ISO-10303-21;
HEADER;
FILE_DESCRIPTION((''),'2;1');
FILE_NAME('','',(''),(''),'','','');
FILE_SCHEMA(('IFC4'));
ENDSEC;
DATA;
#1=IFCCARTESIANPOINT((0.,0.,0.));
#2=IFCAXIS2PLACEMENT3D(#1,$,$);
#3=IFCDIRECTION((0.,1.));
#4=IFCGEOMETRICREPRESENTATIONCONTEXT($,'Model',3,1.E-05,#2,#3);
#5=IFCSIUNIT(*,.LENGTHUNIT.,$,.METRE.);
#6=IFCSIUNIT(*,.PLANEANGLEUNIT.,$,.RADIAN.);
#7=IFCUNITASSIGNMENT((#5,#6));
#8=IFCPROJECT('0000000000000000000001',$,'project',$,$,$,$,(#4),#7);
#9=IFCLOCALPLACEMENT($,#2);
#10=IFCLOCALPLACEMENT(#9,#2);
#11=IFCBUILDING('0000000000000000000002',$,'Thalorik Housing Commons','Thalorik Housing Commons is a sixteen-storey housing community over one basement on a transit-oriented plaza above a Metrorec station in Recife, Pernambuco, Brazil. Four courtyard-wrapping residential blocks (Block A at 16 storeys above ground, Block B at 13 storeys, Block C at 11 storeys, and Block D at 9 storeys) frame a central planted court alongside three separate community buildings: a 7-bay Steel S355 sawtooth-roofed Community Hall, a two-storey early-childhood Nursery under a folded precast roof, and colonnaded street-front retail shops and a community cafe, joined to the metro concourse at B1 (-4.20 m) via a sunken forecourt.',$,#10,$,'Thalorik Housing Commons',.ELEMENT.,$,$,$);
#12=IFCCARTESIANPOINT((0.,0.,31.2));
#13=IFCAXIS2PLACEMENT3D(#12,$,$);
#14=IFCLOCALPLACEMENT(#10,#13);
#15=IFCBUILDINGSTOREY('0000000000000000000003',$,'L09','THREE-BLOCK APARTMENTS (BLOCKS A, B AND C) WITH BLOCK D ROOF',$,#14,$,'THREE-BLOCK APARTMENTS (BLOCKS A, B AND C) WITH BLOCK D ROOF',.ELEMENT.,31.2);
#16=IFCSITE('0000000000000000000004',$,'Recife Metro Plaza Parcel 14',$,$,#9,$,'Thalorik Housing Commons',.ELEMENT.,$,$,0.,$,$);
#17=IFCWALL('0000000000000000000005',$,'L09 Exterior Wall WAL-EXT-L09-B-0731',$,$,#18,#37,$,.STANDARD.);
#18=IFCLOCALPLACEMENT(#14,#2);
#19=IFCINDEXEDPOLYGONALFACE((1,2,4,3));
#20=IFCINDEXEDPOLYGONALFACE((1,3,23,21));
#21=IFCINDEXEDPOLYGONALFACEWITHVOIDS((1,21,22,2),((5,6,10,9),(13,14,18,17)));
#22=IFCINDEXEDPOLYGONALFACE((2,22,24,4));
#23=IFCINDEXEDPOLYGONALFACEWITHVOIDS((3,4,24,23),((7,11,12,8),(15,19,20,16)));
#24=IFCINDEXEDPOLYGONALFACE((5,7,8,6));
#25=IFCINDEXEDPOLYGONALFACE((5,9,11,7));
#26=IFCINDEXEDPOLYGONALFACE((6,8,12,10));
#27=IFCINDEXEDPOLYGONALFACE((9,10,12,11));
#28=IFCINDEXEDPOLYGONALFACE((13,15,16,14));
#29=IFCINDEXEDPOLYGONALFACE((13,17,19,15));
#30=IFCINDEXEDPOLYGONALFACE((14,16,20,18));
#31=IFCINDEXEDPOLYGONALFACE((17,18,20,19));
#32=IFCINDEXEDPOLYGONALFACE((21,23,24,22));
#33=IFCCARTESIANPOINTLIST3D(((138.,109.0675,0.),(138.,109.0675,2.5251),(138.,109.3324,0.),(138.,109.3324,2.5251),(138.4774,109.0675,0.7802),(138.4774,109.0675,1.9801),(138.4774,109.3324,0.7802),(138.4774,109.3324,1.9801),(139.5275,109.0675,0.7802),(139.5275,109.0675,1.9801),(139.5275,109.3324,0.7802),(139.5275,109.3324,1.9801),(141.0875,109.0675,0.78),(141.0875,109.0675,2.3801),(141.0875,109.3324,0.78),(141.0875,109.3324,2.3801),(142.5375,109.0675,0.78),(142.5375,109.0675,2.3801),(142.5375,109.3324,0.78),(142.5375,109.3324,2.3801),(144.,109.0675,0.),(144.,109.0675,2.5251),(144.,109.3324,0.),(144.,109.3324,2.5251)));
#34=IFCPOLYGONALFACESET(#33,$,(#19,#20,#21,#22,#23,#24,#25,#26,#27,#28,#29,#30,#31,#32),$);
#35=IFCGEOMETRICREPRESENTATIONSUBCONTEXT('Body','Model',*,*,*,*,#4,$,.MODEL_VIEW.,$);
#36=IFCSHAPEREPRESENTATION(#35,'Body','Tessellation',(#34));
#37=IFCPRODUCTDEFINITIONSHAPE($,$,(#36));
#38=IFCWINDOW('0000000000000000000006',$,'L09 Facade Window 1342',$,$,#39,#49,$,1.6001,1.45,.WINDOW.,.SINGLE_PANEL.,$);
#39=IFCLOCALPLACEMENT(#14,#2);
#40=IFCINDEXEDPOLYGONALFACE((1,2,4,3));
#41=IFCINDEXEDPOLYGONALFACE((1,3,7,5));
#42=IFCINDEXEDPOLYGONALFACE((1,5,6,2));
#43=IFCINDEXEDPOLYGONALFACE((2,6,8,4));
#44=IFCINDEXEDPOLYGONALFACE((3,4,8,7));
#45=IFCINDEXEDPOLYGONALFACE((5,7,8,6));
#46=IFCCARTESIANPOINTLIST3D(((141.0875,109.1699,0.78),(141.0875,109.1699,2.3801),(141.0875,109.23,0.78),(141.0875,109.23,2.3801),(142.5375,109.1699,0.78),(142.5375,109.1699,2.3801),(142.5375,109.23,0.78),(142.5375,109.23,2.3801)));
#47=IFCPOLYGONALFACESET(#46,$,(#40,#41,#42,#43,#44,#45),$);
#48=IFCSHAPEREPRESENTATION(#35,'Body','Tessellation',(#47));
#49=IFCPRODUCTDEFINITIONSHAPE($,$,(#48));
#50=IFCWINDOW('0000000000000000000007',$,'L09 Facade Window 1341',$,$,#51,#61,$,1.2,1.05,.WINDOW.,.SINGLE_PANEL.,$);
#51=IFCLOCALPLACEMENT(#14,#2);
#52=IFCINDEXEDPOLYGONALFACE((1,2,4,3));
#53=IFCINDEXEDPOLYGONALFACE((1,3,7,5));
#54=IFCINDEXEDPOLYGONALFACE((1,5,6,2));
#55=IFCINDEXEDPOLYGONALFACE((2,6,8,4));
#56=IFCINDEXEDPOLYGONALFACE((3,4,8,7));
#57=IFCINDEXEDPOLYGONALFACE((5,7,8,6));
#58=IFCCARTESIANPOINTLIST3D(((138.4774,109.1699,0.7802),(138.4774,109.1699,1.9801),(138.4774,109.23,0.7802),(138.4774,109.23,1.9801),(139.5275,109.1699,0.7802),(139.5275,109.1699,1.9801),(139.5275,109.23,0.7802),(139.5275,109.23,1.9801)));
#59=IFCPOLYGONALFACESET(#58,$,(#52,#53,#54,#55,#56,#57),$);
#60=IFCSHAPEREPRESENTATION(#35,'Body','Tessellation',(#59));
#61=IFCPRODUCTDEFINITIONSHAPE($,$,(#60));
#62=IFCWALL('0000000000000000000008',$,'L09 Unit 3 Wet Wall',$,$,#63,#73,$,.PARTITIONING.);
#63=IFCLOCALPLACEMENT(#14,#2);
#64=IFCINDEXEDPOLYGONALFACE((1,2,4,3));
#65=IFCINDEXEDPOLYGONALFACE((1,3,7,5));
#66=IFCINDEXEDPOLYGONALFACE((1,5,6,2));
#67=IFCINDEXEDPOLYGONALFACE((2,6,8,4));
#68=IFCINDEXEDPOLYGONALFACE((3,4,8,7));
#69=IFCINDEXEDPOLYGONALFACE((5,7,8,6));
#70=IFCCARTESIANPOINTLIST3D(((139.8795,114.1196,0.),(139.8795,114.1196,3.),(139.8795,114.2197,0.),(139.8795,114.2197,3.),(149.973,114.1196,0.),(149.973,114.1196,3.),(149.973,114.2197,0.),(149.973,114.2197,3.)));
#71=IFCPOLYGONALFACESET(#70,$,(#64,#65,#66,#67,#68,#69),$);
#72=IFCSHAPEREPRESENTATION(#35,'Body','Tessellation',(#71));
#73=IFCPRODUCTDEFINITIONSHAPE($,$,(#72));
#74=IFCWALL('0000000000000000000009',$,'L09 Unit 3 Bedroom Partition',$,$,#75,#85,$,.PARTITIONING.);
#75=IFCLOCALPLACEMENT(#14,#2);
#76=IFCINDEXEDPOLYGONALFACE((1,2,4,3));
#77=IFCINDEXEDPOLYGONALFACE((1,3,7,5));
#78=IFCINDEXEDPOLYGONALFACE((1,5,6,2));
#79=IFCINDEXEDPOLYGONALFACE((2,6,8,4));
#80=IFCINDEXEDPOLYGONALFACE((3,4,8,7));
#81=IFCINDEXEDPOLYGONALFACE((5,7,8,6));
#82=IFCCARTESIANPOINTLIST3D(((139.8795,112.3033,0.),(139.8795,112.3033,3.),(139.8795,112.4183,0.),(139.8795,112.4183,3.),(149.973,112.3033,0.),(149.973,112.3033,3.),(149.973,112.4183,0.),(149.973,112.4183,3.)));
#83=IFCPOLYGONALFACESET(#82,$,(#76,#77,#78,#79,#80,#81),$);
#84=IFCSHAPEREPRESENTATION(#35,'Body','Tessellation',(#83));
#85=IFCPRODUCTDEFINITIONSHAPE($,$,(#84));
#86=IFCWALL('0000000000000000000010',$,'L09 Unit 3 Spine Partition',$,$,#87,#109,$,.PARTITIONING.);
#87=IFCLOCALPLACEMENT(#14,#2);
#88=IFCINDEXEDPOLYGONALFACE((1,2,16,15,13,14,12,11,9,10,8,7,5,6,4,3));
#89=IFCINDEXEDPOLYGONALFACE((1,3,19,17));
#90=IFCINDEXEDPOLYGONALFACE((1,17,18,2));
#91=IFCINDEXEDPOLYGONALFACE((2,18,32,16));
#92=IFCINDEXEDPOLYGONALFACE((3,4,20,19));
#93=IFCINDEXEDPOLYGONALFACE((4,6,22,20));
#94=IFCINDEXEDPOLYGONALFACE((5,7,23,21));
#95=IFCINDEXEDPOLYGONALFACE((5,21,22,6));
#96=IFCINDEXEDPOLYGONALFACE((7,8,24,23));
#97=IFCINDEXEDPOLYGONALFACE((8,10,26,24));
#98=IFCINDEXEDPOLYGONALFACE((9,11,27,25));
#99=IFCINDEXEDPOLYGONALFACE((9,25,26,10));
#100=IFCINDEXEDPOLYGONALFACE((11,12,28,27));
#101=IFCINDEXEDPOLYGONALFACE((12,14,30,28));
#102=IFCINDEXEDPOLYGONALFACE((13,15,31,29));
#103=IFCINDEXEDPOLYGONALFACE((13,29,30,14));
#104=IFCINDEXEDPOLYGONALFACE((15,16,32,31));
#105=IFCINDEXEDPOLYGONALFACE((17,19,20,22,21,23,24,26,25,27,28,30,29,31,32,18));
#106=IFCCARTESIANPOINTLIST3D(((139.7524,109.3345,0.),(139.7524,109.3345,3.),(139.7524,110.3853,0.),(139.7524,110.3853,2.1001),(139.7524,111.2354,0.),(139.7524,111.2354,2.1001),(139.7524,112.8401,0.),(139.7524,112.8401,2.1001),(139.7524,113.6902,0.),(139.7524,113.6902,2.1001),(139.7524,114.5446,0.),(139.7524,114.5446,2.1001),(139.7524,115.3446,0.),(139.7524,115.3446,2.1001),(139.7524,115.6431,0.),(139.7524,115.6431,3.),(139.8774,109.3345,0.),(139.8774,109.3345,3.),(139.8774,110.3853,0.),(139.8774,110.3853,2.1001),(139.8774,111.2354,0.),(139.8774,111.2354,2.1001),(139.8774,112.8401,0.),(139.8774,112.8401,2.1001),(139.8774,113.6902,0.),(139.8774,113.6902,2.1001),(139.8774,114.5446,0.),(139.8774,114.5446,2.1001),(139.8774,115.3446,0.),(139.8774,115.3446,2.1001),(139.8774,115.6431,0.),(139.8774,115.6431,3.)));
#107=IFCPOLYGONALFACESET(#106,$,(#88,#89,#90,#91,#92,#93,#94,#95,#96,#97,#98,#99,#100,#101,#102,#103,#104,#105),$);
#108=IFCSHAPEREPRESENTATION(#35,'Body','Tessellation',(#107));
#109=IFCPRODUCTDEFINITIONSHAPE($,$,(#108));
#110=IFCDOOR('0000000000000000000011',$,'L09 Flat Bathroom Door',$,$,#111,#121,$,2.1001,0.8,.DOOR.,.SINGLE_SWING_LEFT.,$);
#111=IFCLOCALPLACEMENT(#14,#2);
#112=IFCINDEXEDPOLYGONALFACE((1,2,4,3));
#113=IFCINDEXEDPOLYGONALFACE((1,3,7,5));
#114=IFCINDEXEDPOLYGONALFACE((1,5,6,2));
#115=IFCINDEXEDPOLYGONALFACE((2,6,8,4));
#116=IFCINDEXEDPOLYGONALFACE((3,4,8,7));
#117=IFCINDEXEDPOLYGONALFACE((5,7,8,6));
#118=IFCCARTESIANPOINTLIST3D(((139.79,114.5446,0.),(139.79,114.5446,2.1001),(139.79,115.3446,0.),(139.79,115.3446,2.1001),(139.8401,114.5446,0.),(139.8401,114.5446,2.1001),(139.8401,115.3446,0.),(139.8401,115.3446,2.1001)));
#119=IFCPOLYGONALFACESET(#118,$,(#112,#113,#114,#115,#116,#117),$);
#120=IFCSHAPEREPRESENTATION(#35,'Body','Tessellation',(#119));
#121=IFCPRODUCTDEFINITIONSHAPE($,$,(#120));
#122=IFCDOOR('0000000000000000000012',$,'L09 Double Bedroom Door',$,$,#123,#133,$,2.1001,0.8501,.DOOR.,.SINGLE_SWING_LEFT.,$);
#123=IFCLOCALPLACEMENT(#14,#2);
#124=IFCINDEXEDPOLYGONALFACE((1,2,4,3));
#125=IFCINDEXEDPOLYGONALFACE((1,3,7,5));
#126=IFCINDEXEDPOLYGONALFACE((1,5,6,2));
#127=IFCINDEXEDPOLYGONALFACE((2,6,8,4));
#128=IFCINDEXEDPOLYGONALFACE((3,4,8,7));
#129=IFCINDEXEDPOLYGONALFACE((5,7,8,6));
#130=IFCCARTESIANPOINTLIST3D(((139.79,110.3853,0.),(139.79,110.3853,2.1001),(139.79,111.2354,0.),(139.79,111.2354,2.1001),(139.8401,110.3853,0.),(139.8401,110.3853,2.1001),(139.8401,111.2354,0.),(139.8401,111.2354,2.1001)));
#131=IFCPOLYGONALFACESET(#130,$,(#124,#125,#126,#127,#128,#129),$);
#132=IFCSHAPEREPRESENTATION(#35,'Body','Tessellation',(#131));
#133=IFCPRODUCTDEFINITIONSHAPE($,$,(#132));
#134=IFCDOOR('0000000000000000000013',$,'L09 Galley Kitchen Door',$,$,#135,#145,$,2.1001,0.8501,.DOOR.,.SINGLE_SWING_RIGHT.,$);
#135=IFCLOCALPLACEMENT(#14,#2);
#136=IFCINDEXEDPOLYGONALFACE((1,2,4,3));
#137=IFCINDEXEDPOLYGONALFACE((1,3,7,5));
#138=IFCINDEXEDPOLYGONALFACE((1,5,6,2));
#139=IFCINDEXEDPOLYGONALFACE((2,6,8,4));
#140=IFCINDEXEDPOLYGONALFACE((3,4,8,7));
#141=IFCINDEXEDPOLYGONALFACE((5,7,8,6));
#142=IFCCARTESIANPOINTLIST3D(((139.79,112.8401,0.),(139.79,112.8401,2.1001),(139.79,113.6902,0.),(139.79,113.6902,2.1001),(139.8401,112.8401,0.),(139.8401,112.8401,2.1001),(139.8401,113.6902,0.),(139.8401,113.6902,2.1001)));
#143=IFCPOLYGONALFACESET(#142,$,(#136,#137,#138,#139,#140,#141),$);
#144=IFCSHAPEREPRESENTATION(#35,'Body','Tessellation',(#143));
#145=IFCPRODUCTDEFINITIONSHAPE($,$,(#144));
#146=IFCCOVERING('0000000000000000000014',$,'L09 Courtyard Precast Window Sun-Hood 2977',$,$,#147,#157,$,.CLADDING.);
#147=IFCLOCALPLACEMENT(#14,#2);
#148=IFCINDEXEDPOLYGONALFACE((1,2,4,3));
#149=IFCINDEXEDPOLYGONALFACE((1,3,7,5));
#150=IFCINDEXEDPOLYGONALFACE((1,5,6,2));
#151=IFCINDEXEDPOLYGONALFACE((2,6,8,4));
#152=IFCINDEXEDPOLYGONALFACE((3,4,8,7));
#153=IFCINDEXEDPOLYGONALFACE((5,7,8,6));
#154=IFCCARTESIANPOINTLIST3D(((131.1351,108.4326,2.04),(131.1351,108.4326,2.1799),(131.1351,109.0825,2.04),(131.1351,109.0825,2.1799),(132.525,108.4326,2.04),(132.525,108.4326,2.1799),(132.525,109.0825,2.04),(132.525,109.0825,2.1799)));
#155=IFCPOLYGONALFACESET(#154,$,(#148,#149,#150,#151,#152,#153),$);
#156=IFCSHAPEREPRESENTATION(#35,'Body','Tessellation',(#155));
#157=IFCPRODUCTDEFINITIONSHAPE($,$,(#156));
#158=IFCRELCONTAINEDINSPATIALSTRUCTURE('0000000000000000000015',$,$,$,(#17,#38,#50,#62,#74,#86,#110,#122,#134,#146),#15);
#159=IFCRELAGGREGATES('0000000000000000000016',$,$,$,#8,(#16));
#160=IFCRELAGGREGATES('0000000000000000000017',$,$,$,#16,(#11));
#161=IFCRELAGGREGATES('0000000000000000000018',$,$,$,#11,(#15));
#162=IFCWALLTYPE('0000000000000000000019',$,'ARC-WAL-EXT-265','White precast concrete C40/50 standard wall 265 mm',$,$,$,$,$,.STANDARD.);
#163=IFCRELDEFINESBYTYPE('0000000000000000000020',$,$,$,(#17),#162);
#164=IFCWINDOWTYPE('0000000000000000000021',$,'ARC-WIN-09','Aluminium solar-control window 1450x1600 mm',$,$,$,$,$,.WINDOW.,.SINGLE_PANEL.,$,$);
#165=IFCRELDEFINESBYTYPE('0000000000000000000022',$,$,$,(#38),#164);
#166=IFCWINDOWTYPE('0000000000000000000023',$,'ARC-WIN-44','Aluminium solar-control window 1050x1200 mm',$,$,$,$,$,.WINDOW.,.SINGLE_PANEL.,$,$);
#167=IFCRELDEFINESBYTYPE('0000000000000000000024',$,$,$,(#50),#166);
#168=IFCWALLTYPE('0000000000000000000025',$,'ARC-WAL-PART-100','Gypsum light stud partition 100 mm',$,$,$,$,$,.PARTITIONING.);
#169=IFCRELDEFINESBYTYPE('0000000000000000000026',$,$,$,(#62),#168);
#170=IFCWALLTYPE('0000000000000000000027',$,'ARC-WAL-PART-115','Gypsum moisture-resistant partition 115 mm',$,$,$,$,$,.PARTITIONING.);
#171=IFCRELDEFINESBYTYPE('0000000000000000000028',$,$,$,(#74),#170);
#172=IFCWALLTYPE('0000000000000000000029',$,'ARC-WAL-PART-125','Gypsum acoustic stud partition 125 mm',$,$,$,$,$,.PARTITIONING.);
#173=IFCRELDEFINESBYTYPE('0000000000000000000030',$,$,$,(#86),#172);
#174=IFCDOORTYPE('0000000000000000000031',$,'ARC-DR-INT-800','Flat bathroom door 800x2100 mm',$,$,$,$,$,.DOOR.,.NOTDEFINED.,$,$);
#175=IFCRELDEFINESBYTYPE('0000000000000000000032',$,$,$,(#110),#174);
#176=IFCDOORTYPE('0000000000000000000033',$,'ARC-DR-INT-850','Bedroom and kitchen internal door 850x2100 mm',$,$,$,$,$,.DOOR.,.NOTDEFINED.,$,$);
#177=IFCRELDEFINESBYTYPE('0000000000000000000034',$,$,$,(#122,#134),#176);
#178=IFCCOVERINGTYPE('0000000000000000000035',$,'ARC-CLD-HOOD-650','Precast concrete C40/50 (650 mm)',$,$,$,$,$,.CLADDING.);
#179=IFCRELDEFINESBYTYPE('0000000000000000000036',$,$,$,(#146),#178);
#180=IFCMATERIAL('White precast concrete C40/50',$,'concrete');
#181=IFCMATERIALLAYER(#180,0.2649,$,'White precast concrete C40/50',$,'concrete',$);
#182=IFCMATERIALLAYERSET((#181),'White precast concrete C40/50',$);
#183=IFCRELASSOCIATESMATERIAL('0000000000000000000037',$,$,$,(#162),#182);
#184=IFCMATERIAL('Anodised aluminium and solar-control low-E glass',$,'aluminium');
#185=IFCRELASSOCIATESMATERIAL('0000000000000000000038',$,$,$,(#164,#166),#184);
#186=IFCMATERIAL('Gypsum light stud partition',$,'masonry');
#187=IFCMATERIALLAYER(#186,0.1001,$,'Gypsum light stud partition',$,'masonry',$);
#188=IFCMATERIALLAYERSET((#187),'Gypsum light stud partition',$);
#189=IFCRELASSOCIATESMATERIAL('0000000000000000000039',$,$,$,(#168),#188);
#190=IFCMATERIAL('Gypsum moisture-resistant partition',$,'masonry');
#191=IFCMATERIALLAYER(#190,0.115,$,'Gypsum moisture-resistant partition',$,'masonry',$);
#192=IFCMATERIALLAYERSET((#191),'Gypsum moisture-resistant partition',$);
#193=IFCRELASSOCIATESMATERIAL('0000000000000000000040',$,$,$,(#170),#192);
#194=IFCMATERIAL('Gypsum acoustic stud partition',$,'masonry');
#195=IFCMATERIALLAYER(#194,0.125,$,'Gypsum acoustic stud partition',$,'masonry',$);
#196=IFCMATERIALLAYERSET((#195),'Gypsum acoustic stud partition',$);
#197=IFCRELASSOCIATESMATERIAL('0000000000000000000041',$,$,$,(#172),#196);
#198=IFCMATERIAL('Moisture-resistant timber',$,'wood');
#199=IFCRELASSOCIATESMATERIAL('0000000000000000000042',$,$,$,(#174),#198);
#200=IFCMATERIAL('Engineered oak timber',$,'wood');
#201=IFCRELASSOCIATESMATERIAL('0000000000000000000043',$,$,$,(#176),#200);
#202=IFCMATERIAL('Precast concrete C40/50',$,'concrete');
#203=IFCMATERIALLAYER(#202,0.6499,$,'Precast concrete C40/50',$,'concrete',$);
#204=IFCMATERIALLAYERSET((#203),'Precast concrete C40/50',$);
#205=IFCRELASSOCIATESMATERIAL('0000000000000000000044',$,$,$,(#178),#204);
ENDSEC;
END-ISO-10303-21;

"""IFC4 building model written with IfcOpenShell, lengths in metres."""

from ifc_helpers import new_model, si_unit, direction, frame, frame_2d, origin, origin_2d, place, context, subcontext, project, spatial, rectangle, extrude, material, layer, layer_set, type_object, element, fill, save


model = new_model("IFC4")

# Units and contexts
model_context = context("Model", 3, precision=1e-05, world=origin(), true_north=direction((0.0, 1.0)))
body_context = subcontext(model_context, "Body", "Model", "MODEL_VIEW")
ifc_project = project(units=[si_unit("LENGTHUNIT", "METRE"), si_unit("PLANEANGLEUNIT", "RADIAN")], contexts=[model_context])

# Site, building, storey
site_placement = place(None, origin())
site = spatial("IfcSite", under=ifc_project, at=site_placement, Name="Recife Metro Plaza Parcel 14", LongName="Thalorik Housing Commons", CompositionType="ELEMENT", RefElevation=0.0)
building_placement = place(site_placement, origin())
building = spatial("IfcBuilding", under=site, at=building_placement, Name="Thalorik Housing Commons", Description="Thalorik Housing Commons is a sixteen-storey housing community over one basement on a transit-oriented plaza above a Metrorec station in Recife, Pernambuco, Brazil. Four courtyard-wrapping residential blocks (Block A at 16 storeys above ground, Block B at 13 storeys, Block C at 11 storeys, and Block D at 9 storeys) frame a central planted court alongside three separate community buildings: a 7-bay Steel S355 sawtooth-roofed Community Hall, a two-storey early-childhood Nursery under a folded precast roof, and colonnaded street-front retail shops and a community cafe, joined to the metro concourse at B1 (-4.20 m) via a sunken forecourt.", LongName="Thalorik Housing Commons", CompositionType="ELEMENT")
storey_placement = place(building_placement, frame((0.0, 0.0, 31.2)))
storey = spatial("IfcBuildingStorey", under=building, at=storey_placement, Name="L09", Description="THREE-BLOCK APARTMENTS (BLOCKS A, B AND C) WITH BLOCK D ROOF", LongName="THREE-BLOCK APARTMENTS (BLOCKS A, B AND C) WITH BLOCK D ROOF", CompositionType="ELEMENT", Elevation=31.2)

# Shared definitions
ifc_material_1 = material(Name="Precast concrete C40/50", Category="concrete")

# Wall, openings, windows
ifc_material_2 = material(Name="White precast concrete C40/50", Category="concrete")
ifc_layer_1 = layer(ifc_material_2, 0.2649, Name="White precast concrete C40/50", Category="concrete")
ifc_layer_set_1 = layer_set([ifc_layer_1], Name="White precast concrete C40/50")
wall_type_1 = type_object("IfcWallType", Name="ARC-WAL-EXT-265", Description="White precast concrete C40/50 standard wall 265 mm", PredefinedType="STANDARD", material=ifc_layer_set_1)
ifc_material_3 = material(Name="Anodised aluminium and solar-control low-E glass", Category="aluminium")
wall_1_placement = place(storey_placement, frame((138.0, 109.2, 0.0), z_axis=(0.0, 0.0, 1.0), x_axis=(1.0, 0.0, 0.0)))
wall_1 = element("IfcWall", 1, at=wall_1_placement, inside=storey, type_object=wall_type_1, Name="L09 Exterior Wall WAL-EXT-L09-B-0731", PredefinedType="STANDARD", context=body_context, shape_type="SweptSolid", body=[
    extrude(rectangle(XDim=6.0, YDim=0.2649, at=frame_2d((3.0, 0.0))), origin(), (0.0, 0.0, 1.0), 2.5251),
])
opening_1_placement = place(wall_1_placement, frame((0.4775, 0.0, 0.78)))
opening_1 = element("IfcOpeningElement", 2, at=opening_1_placement, cuts=wall_1, PredefinedType="OPENING", context=body_context, shape_type="SweptSolid", body=[
    extrude(rectangle(XDim=1.05, YDim=1.2, at=frame_2d((0.5249, 0.6001))), frame((0.0, 0.1426, 0.0), z_axis=(0.0, -1.0, 0.0), x_axis=(1.0, 0.0, 0.0)), (0.0, 0.0, 1.0), 0.2849),
])
opening_2_placement = place(wall_1_placement, frame((3.0874, 0.0, 0.78)))
opening_2 = element("IfcOpeningElement", 3, at=opening_2_placement, cuts=wall_1, PredefinedType="OPENING", context=body_context, shape_type="SweptSolid", body=[
    extrude(rectangle(XDim=1.45, YDim=1.6001, at=frame_2d((0.7251, 0.8))), frame((0.0, 0.1426, 0.0), z_axis=(0.0, -1.0, 0.0), x_axis=(1.0, 0.0, 0.0)), (0.0, 0.0, 1.0), 0.2849),
])
window_type_1 = type_object("IfcWindowType", Name="ARC-WIN-09", Description="Aluminium solar-control window 1450x1600 mm", PartitioningType="SINGLE_PANEL", PredefinedType="WINDOW", material=ifc_material_3)
window_1_placement = place(opening_2_placement, origin())
window_1 = element("IfcWindow", 4, at=window_1_placement, inside=storey, type_object=window_type_1, Name="L09 Facade Window 1342", OverallHeight=1.6001, OverallWidth=1.45, PartitioningType="SINGLE_PANEL", PredefinedType="WINDOW", context=body_context, shape_type="SweptSolid", body=[
    extrude(rectangle(XDim=1.45, YDim=1.6001, at=frame_2d((0.7251, 0.8))), frame((0.0, 0.03, 0.0), z_axis=(0.0, -1.0, 0.0), x_axis=(1.0, 0.0, 0.0)), (0.0, 0.0, 1.0), 0.0601),
])
fill(opening_2, window_1)
window_type_2 = type_object("IfcWindowType", Name="ARC-WIN-44", Description="Aluminium solar-control window 1050x1200 mm", PartitioningType="SINGLE_PANEL", PredefinedType="WINDOW", material=ifc_material_3)
window_2_placement = place(opening_1_placement, origin())
window_2 = element("IfcWindow", 5, at=window_2_placement, inside=storey, type_object=window_type_2, Name="L09 Facade Window 1341", OverallHeight=1.2, OverallWidth=1.05, PartitioningType="SINGLE_PANEL", PredefinedType="WINDOW", context=body_context, shape_type="SweptSolid", body=[
    extrude(rectangle(XDim=1.05, YDim=1.2, at=frame_2d((0.5249, 0.6001))), frame((0.0, 0.03, 0.0), z_axis=(0.0, -1.0, 0.0), x_axis=(1.0, 0.0, 0.0)), (0.0, 0.0, 1.0), 0.0601),
])
fill(opening_1, window_2)

# Walls
ifc_material_4 = material(Name="Gypsum light stud partition", Category="masonry")
ifc_layer_2 = layer(ifc_material_4, 0.1001, Name="Gypsum light stud partition", Category="masonry")
ifc_layer_set_2 = layer_set([ifc_layer_2], Name="Gypsum light stud partition")
wall_type_2 = type_object("IfcWallType", Name="ARC-WAL-PART-100", Description="Gypsum light stud partition 100 mm", PredefinedType="PARTITIONING", material=ifc_layer_set_2)
wall_2_placement = place(storey_placement, frame((139.8794, 114.1697, 0.0), z_axis=(0.0, 0.0, 1.0), x_axis=(1.0, 0.0, 0.0)))
element("IfcWall", 6, at=wall_2_placement, inside=storey, type_object=wall_type_2, Name="L09 Unit 3 Wet Wall", PredefinedType="PARTITIONING", context=body_context, shape_type="SweptSolid", body=[
    extrude(rectangle(XDim=10.0935, YDim=0.1001, at=frame_2d((5.0469, 0.0))), origin(), (0.0, 0.0, 1.0), 3.0),
])
ifc_material_5 = material(Name="Gypsum moisture-resistant partition", Category="masonry")
ifc_layer_3 = layer(ifc_material_5, 0.115, Name="Gypsum moisture-resistant partition", Category="masonry")
ifc_layer_set_3 = layer_set([ifc_layer_3], Name="Gypsum moisture-resistant partition")
wall_type_3 = type_object("IfcWallType", Name="ARC-WAL-PART-115", Description="Gypsum moisture-resistant partition 115 mm", PredefinedType="PARTITIONING", material=ifc_layer_set_3)
wall_3_placement = place(storey_placement, frame((139.8794, 112.3608, 0.0), z_axis=(0.0, 0.0, 1.0), x_axis=(1.0, 0.0, 0.0)))
element("IfcWall", 7, at=wall_3_placement, inside=storey, type_object=wall_type_3, Name="L09 Unit 3 Bedroom Partition", PredefinedType="PARTITIONING", context=body_context, shape_type="SweptSolid", body=[
    extrude(rectangle(XDim=10.0935, YDim=0.115, at=frame_2d((5.0469, 0.0))), origin(), (0.0, 0.0, 1.0), 3.0),
])

# Wall, openings, doors
ifc_material_6 = material(Name="Gypsum acoustic stud partition", Category="masonry")
ifc_layer_4 = layer(ifc_material_6, 0.125, Name="Gypsum acoustic stud partition", Category="masonry")
ifc_layer_set_4 = layer_set([ifc_layer_4], Name="Gypsum acoustic stud partition")
wall_type_4 = type_object("IfcWallType", Name="ARC-WAL-PART-125", Description="Gypsum acoustic stud partition 125 mm", PredefinedType="PARTITIONING", material=ifc_layer_set_4)
wall_4_placement = place(storey_placement, frame((139.8149, 109.3345, 0.0), z_axis=(0.0, 0.0, 1.0), x_axis=(0.0, 1.0, 0.0)))
wall_4 = element("IfcWall", 8, at=wall_4_placement, inside=storey, type_object=wall_type_4, Name="L09 Unit 3 Spine Partition", PredefinedType="PARTITIONING", context=body_context, shape_type="SweptSolid", body=[
    extrude(rectangle(XDim=6.3086, YDim=0.125, at=frame_2d((3.1543, 0.0))), origin(), (0.0, 0.0, 1.0), 3.0),
])
opening_3_placement = place(wall_4_placement, frame((1.0508, 0.0, 0.0)))
opening_3 = element("IfcOpeningElement", 9, at=opening_3_placement, cuts=wall_4, PredefinedType="OPENING", context=body_context, shape_type="SweptSolid", body=[
    extrude(rectangle(XDim=0.8501, YDim=2.1001, at=frame_2d((0.425, 1.05))), frame((0.0, 0.0725, 0.0), z_axis=(0.0, -1.0, 0.0), x_axis=(1.0, 0.0, 0.0)), (0.0, 0.0, 1.0), 0.145),
])
opening_4_placement = place(wall_4_placement, frame((3.5056, 0.0, 0.0)))
opening_4 = element("IfcOpeningElement", 10, at=opening_4_placement, cuts=wall_4, PredefinedType="OPENING", context=body_context, shape_type="SweptSolid", body=[
    extrude(rectangle(XDim=0.8501, YDim=2.1001, at=frame_2d((0.425, 1.05))), frame((0.0, 0.0725, 0.0), z_axis=(0.0, -1.0, 0.0), x_axis=(1.0, 0.0, 0.0)), (0.0, 0.0, 1.0), 0.145),
])
opening_5_placement = place(wall_4_placement, frame((5.2102, 0.0, 0.0)))
opening_5 = element("IfcOpeningElement", 11, at=opening_5_placement, cuts=wall_4, PredefinedType="OPENING", context=body_context, shape_type="SweptSolid", body=[
    extrude(rectangle(XDim=0.8, YDim=2.1001, at=frame_2d((0.3999, 1.05))), frame((0.0, 0.0725, 0.0), z_axis=(0.0, -1.0, 0.0), x_axis=(1.0, 0.0, 0.0)), (0.0, 0.0, 1.0), 0.145),
])
ifc_material_7 = material(Name="Moisture-resistant timber", Category="wood")
door_type_1 = type_object("IfcDoorType", Name="ARC-DR-INT-800", Description="Flat bathroom door 800x2100 mm", OperationType="NOTDEFINED", PredefinedType="DOOR", material=ifc_material_7)
door_1_placement = place(opening_5_placement, origin())
door_1 = element("IfcDoor", 12, at=door_1_placement, inside=storey, type_object=door_type_1, Name="L09 Flat Bathroom Door", OperationType="SINGLE_SWING_LEFT", OverallHeight=2.1001, OverallWidth=0.8, PredefinedType="DOOR", context=body_context, shape_type="SweptSolid", body=[
    extrude(rectangle(XDim=0.8, YDim=2.1001, at=frame_2d((0.3999, 1.05))), frame((0.0, 0.0249, 0.0), z_axis=(0.0, -1.0, 0.0), x_axis=(1.0, 0.0, 0.0)), (0.0, 0.0, 1.0), 0.05),
])
fill(opening_5, door_1)
ifc_material_8 = material(Name="Engineered oak timber", Category="wood")
door_type_2 = type_object("IfcDoorType", Name="ARC-DR-INT-850", Description="Bedroom and kitchen internal door 850x2100 mm", OperationType="NOTDEFINED", PredefinedType="DOOR", material=ifc_material_8)
door_2_placement = place(opening_3_placement, origin())
door_2 = element("IfcDoor", 13, at=door_2_placement, inside=storey, type_object=door_type_2, Name="L09 Double Bedroom Door", OperationType="SINGLE_SWING_LEFT", OverallHeight=2.1001, OverallWidth=0.8501, PredefinedType="DOOR", context=body_context, shape_type="SweptSolid", body=[
    extrude(rectangle(XDim=0.8501, YDim=2.1001, at=frame_2d((0.425, 1.05))), frame((0.0, 0.0249, 0.0), z_axis=(0.0, -1.0, 0.0), x_axis=(1.0, 0.0, 0.0)), (0.0, 0.0, 1.0), 0.05),
])
fill(opening_3, door_2)
door_3_placement = place(opening_4_placement, origin())
door_3 = element("IfcDoor", 14, at=door_3_placement, inside=storey, type_object=door_type_2, Name="L09 Galley Kitchen Door", OperationType="SINGLE_SWING_RIGHT", OverallHeight=2.1001, OverallWidth=0.8501, PredefinedType="DOOR", context=body_context, shape_type="SweptSolid", body=[
    extrude(rectangle(XDim=0.8501, YDim=2.1001, at=frame_2d((0.425, 1.05))), frame((0.0, 0.0249, 0.0), z_axis=(0.0, -1.0, 0.0), x_axis=(1.0, 0.0, 0.0)), (0.0, 0.0, 1.0), 0.05),
])
fill(opening_4, door_3)

# Covering
ifc_layer_5 = layer(ifc_material_1, 0.6499, Name="Precast concrete C40/50", Category="concrete")
ifc_layer_set_5 = layer_set([ifc_layer_5], Name="Precast concrete C40/50")
covering_type = type_object("IfcCoveringType", Name="ARC-CLD-HOOD-650", Description="Precast concrete C40/50 (650 mm)", PredefinedType="CLADDING", material=ifc_layer_set_5)
covering_1_placement = place(storey_placement, frame((131.8301, 108.7576, 2.04), z_axis=(0.0, 0.0, 1.0), x_axis=(1.0, 0.0, 0.0)))
element("IfcCovering", 15, at=covering_1_placement, inside=storey, type_object=covering_type, Name="L09 Courtyard Precast Window Sun-Hood 2977", PredefinedType="CLADDING", context=body_context, shape_type="SweptSolid", body=[
    extrude(rectangle(XDim=1.3899, YDim=0.6499, at=origin_2d()), origin(), (0.0, 0.0, 1.0), 0.1399),
])

save(model, "model.ifc")
